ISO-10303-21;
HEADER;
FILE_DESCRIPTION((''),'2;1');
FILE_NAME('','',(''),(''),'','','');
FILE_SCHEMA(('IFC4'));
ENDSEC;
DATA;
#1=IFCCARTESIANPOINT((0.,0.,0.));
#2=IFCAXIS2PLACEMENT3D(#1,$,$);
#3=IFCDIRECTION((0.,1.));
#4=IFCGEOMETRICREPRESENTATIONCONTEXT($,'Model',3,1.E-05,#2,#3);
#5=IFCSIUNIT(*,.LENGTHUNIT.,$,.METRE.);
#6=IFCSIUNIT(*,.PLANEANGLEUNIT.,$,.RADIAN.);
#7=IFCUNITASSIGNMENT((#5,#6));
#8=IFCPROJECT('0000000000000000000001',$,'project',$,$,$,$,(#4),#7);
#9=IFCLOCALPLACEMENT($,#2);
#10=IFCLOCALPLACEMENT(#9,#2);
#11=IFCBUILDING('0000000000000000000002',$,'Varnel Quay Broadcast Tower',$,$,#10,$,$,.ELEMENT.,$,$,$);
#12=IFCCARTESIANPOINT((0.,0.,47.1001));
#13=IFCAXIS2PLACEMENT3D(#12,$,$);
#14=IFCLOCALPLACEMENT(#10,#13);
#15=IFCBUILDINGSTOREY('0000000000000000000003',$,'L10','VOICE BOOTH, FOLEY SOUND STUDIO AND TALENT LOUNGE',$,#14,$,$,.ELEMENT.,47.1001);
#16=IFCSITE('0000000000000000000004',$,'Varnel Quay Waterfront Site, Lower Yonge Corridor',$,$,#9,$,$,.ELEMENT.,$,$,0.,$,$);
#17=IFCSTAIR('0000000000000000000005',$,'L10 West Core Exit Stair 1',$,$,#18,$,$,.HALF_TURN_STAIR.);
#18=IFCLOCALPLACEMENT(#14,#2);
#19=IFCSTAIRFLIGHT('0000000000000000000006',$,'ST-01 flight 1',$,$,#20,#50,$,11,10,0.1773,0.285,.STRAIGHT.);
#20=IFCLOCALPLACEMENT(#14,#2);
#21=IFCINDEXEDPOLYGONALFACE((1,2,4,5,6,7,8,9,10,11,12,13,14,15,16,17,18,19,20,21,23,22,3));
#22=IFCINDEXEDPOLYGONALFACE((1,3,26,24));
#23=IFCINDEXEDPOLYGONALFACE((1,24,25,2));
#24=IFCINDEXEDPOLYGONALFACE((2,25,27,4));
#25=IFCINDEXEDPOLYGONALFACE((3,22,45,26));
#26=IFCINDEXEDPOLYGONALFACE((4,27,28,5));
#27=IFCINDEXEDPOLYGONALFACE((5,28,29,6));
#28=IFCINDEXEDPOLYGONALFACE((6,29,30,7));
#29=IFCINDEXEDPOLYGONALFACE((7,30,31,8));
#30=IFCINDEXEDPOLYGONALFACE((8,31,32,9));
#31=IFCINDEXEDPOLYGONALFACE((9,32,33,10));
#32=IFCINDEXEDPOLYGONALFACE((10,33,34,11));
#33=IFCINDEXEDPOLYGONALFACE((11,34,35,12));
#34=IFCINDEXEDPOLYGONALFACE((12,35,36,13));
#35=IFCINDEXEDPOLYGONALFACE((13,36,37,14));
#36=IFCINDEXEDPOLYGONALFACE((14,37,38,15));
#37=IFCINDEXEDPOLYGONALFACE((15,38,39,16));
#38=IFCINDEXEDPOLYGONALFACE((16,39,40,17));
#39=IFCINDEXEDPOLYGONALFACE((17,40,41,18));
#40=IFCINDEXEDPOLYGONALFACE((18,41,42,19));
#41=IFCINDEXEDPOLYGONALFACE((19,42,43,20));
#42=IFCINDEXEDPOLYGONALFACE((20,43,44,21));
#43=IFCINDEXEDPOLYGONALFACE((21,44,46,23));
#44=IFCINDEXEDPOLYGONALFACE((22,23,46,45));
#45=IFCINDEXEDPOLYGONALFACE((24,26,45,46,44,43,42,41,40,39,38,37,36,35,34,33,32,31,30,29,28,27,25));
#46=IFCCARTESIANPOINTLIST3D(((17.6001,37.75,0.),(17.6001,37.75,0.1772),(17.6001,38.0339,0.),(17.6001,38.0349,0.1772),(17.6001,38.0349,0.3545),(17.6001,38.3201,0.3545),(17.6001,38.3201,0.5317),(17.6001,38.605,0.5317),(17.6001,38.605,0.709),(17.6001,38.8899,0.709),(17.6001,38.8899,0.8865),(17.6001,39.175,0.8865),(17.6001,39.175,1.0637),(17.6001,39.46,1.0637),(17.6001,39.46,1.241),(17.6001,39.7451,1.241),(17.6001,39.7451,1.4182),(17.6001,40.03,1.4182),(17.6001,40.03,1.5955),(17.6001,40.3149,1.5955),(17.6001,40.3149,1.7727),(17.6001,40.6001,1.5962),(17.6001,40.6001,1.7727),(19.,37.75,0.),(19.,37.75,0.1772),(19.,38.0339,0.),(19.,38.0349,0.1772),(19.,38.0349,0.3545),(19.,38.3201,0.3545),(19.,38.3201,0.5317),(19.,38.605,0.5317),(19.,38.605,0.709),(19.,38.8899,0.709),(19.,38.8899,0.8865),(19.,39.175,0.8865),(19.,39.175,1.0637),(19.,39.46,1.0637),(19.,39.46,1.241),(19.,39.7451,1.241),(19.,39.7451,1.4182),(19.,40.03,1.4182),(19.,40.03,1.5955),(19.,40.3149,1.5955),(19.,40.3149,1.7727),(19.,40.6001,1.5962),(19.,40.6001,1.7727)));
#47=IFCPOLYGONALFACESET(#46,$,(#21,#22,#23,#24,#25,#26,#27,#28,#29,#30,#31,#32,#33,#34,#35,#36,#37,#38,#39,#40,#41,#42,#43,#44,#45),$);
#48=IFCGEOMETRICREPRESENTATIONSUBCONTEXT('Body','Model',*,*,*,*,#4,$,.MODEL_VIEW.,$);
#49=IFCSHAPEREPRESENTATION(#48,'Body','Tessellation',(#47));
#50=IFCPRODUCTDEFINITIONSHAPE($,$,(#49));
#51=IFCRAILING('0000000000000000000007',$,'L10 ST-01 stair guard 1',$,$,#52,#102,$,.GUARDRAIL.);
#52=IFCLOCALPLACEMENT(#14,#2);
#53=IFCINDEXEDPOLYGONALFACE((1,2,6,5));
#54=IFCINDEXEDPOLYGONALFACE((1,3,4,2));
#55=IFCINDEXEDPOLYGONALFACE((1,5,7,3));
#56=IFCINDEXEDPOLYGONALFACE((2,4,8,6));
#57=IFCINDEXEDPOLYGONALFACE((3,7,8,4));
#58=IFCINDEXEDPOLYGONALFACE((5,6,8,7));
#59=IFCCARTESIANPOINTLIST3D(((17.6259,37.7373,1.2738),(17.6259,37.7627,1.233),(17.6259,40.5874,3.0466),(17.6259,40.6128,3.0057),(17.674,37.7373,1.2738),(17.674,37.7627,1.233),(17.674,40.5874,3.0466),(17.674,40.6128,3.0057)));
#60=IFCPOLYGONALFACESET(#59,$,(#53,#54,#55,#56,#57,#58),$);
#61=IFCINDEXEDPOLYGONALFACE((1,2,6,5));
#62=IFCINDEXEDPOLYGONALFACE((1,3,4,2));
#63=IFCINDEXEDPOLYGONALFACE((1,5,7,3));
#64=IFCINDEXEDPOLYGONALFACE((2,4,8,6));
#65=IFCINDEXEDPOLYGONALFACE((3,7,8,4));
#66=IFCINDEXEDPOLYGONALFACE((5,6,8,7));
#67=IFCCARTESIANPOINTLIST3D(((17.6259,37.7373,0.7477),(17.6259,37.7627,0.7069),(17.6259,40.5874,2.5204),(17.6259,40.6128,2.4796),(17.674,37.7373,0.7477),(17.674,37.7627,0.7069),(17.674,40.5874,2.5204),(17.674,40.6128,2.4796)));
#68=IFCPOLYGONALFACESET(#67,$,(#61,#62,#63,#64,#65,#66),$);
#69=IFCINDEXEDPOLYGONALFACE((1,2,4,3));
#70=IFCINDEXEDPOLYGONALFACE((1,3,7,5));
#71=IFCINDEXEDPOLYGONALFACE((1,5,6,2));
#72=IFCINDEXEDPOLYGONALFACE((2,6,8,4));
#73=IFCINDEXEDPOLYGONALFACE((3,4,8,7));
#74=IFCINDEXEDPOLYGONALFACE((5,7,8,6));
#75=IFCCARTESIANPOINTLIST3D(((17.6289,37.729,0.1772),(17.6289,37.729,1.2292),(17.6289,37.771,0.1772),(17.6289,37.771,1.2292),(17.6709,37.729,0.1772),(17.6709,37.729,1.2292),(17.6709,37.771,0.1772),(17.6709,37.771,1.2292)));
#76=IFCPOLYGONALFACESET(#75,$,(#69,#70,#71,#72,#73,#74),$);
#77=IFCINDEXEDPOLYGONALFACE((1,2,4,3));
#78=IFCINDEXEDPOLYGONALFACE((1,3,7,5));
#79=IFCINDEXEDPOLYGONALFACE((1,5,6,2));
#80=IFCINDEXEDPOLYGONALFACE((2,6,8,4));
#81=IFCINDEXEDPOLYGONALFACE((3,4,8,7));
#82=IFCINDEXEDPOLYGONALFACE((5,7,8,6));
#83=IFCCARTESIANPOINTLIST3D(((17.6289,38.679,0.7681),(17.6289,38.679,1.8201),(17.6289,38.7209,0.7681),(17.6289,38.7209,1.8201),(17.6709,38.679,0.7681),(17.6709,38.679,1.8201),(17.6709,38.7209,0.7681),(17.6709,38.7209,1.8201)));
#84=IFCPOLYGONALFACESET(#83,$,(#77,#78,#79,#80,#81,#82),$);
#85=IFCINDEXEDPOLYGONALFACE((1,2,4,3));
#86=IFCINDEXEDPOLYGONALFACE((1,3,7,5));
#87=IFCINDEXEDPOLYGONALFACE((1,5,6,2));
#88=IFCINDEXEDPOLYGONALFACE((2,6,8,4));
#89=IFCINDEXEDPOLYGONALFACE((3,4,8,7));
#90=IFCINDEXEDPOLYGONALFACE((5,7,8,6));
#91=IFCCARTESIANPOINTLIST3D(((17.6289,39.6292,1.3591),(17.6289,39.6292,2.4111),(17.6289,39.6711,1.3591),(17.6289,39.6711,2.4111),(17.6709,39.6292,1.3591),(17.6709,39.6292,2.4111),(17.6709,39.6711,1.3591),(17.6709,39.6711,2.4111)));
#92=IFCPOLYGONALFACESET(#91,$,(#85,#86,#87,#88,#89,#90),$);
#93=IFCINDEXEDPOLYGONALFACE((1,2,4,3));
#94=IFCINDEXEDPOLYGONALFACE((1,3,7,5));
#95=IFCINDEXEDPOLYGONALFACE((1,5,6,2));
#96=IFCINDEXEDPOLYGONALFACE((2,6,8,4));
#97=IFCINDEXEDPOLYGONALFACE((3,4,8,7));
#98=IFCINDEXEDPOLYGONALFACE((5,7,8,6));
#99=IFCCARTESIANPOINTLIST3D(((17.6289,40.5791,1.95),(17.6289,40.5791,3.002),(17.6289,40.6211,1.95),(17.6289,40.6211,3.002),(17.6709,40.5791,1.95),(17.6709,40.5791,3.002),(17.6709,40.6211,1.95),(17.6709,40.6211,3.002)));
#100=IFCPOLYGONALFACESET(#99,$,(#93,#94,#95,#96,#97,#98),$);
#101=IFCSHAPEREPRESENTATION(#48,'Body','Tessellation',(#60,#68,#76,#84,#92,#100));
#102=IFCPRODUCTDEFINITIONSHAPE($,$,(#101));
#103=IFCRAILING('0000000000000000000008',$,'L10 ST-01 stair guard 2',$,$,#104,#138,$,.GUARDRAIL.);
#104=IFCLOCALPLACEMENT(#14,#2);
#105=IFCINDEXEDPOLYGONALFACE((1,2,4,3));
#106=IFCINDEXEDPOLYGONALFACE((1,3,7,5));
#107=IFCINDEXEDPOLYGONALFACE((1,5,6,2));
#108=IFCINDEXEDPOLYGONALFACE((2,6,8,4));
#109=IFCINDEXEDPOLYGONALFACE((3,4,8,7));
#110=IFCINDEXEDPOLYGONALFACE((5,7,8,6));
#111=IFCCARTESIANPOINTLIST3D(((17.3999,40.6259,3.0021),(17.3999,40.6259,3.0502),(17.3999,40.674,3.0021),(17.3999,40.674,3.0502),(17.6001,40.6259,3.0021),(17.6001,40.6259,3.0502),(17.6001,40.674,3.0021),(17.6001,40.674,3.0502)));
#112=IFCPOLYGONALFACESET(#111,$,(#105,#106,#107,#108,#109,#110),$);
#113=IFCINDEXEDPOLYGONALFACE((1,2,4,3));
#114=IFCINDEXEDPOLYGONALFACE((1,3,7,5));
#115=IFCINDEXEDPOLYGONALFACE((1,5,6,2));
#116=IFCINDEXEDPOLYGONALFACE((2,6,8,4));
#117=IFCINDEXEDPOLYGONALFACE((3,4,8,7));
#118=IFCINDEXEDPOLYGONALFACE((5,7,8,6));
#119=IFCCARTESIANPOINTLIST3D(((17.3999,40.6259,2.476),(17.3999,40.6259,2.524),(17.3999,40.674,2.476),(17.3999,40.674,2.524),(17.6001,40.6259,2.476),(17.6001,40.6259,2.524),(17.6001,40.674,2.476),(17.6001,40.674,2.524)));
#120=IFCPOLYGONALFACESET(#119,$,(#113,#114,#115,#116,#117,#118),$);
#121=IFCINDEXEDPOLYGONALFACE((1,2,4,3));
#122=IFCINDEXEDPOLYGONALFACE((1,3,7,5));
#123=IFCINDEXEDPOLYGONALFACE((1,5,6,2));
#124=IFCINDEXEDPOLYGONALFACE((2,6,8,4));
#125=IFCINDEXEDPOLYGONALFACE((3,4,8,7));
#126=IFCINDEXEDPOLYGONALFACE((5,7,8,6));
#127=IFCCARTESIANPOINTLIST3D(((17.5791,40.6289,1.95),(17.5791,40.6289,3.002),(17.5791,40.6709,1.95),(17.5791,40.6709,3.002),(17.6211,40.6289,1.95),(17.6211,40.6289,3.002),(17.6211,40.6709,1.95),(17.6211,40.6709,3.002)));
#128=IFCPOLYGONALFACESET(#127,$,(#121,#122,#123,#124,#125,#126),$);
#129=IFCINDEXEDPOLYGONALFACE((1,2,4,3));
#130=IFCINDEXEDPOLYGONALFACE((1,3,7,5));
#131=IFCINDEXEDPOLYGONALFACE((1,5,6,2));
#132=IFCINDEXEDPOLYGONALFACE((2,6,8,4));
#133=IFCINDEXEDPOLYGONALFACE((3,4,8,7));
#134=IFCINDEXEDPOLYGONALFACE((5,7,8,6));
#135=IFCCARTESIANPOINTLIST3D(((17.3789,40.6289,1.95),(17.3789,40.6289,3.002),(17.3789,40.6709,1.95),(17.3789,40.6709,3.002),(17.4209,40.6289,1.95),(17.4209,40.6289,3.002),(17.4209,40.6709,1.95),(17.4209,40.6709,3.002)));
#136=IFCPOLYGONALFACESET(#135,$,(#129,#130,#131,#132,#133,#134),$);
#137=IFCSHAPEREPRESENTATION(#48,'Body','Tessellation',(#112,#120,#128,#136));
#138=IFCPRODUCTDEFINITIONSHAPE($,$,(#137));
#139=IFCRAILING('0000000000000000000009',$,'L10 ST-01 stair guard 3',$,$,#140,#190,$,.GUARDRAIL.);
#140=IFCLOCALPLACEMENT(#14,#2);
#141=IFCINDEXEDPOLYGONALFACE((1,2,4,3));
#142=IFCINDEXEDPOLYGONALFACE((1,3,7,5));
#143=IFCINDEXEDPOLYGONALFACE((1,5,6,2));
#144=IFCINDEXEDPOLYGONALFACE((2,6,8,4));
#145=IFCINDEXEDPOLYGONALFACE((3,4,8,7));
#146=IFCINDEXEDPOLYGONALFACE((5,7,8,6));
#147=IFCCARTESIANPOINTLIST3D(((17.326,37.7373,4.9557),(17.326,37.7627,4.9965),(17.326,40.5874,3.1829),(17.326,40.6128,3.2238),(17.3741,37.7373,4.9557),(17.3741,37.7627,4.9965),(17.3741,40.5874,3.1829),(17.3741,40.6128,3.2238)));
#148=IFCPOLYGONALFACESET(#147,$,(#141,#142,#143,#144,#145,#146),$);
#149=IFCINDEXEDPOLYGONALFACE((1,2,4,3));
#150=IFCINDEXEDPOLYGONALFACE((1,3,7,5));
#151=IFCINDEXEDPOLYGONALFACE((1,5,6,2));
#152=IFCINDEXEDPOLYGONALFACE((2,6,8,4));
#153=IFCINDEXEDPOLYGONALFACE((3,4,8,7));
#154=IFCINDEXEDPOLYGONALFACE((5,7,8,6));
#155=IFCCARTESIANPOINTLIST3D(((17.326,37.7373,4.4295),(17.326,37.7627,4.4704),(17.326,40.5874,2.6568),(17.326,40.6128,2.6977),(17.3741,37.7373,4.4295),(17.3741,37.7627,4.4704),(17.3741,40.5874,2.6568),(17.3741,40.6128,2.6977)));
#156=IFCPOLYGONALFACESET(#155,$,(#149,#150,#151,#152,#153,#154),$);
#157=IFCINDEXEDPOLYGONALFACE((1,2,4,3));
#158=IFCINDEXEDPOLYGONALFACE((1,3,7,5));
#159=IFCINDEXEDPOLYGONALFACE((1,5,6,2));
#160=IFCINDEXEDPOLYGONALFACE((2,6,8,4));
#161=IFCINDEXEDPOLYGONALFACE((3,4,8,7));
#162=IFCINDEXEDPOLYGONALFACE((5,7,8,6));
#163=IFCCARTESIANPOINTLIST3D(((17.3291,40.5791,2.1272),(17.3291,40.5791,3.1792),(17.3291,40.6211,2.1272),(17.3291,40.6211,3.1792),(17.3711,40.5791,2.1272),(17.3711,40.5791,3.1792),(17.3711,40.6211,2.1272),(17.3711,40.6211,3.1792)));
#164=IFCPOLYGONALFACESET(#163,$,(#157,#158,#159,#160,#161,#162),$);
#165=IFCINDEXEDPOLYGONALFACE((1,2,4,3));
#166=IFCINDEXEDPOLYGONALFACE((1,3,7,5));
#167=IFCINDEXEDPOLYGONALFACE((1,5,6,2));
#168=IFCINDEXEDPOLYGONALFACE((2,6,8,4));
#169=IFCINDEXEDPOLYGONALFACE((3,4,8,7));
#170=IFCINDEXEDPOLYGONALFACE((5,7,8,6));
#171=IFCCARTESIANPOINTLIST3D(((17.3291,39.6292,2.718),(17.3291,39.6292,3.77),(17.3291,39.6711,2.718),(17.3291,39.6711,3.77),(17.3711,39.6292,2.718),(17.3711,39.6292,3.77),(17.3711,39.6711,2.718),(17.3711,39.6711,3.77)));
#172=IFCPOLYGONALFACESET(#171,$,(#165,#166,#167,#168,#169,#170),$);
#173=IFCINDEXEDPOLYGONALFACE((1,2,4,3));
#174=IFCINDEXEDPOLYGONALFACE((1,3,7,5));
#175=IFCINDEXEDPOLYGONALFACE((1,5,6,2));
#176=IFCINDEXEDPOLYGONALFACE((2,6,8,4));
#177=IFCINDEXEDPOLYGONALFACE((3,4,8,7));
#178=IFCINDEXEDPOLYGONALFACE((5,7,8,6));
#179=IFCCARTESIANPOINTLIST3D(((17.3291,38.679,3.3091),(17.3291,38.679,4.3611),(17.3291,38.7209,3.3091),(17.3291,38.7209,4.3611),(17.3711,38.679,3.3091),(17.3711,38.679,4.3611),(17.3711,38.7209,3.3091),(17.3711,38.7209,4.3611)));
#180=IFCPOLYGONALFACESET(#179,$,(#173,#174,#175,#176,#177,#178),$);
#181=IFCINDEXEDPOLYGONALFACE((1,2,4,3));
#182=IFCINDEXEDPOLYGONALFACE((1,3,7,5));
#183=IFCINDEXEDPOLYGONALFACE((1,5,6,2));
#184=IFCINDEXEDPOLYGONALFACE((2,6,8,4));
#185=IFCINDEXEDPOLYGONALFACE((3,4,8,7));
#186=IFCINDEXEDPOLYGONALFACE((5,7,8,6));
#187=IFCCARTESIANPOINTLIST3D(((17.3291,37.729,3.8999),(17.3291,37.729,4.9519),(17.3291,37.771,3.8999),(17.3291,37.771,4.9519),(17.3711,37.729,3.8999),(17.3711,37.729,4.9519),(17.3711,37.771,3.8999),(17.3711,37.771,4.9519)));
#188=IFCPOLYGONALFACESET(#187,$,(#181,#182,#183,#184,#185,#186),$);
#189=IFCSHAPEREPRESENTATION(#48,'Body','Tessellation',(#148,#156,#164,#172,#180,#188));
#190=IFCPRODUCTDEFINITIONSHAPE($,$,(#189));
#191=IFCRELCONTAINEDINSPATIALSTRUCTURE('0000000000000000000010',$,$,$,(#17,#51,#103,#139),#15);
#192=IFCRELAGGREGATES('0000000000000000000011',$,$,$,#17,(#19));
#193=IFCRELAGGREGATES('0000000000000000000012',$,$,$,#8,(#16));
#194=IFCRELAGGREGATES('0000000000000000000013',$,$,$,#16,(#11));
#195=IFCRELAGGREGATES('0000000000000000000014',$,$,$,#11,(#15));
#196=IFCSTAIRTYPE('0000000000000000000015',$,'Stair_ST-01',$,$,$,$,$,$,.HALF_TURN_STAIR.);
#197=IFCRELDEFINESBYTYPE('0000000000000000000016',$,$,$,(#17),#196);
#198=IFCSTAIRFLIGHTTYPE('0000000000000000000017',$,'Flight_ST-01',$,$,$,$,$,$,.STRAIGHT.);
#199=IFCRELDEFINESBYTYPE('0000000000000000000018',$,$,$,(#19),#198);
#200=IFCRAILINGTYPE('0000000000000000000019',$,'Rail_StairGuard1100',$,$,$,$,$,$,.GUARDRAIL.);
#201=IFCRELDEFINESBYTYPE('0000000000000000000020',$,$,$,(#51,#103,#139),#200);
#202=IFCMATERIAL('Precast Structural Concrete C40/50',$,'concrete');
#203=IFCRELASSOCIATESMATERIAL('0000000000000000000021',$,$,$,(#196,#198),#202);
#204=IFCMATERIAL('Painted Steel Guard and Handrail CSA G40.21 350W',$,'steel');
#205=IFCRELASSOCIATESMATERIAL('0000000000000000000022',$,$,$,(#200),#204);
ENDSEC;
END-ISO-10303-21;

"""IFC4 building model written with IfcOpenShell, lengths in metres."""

from ifc_helpers import new_model, si_unit, direction, frame, origin, origin_2d, place, context, subcontext, project, spatial, polyline, rectangle, outline, extrude, material, type_object, element, aggregate, save


model = new_model("IFC4")

# Units and contexts
model_context = context("Model", 3, precision=1e-05, world=origin(), true_north=direction((0.0, 1.0)))
body_context = subcontext(model_context, "Body", "Model", "MODEL_VIEW")
ifc_project = project(units=[si_unit("LENGTHUNIT", "METRE"), si_unit("PLANEANGLEUNIT", "RADIAN")], contexts=[model_context])

# Site, building, storey
site_placement = place(None, origin())
site = spatial("IfcSite", under=ifc_project, at=site_placement, Name="Varnel Quay Waterfront Site, Lower Yonge Corridor", CompositionType="ELEMENT", RefElevation=0.0)
building_placement = place(site_placement, origin())
building = spatial("IfcBuilding", under=site, at=building_placement, Name="Varnel Quay Broadcast Tower", CompositionType="ELEMENT")
storey_placement = place(building_placement, frame((0.0, 0.0, 47.1001)))
storey = spatial("IfcBuildingStorey", under=building, at=storey_placement, Name="L10", Description="VOICE BOOTH, FOLEY SOUND STUDIO AND TALENT LOUNGE", CompositionType="ELEMENT", Elevation=47.1001)

# Stair, stair flight
ifc_material_1 = material(Name="Precast Structural Concrete C40/50", Category="concrete")
stair_type = type_object("IfcStairType", Name="Stair_ST-01", PredefinedType="HALF_TURN_STAIR", material=ifc_material_1)
stair_placement = place(storey_placement, origin())
stair = element("IfcStair", 1, at=stair_placement, inside=storey, type_object=stair_type, Name="L10 West Core Exit Stair 1", PredefinedType="HALF_TURN_STAIR")
stair_flight_type = type_object("IfcStairFlightType", Name="Flight_ST-01", PredefinedType="STRAIGHT", material=ifc_material_1)
stair_flight_placement = place(storey_placement, frame((18.3, 37.75, 0.0), z_axis=(0.0, 0.0, 1.0), x_axis=(0.0, 1.0, 0.0)))
stair_flight = element("IfcStairFlight", 2, at=stair_flight_placement, type_object=stair_flight_type, Name="ST-01 flight 1", NumberOfRisers=11, NumberOfTreads=10, PredefinedType="STRAIGHT", RiserHeight=0.1773, TreadLength=0.285, context=body_context, shape_type="SweptSolid", body=[
    extrude(outline(polyline([(0.0, 0.0), (0.0, 0.1772), (0.2849, 0.1772), (0.2849, 0.3545), (0.5701, 0.3545), (0.5701, 0.5317), (0.855, 0.5317), (0.855, 0.709), (1.1399, 0.709), (1.1399, 0.8865), (1.425, 0.8865), (1.425, 1.0637), (1.71, 1.0637), (1.71, 1.241), (1.9951, 1.241), (1.9951, 1.4182), (2.28, 1.4182), (2.28, 1.5955), (2.5649, 1.5955), (2.5649, 1.7727), (2.8501, 1.7727), (2.8501, 1.95), (2.8501, 1.5962), (0.2839, 0.0), (0.0, 0.0)])), frame((0.0, 0.7, 0.0), z_axis=(0.0, -1.0, 0.0), x_axis=(1.0, 0.0, 0.0)), (0.0, 0.0, 1.0), 1.3999),
])
aggregate(stair, [stair_flight])

# Railings
ifc_material_2 = material(Name="Painted Steel Guard and Handrail CSA G40.21 350W", Category="steel")
railing_type_1 = type_object("IfcRailingType", Name="Rail_StairGuard1100", PredefinedType="GUARDRAIL", material=ifc_material_2)
railing_1_placement = place(storey_placement, frame((17.6499, 37.75, 0.1772)))
element("IfcRailing", 3, at=railing_1_placement, inside=storey, type_object=railing_type_1, Name="L10 ST-01 stair guard 1", PredefinedType="GUARDRAIL", context=body_context, shape_type="SweptSolid", body=[
    extrude(rectangle(XDim=0.0481, YDim=0.0481, at=origin_2d()), frame((0.0, 0.0, 1.0762), z_axis=(0.0, 0.849149, 0.528154), x_axis=(-1.0, 0.0, 0.0)), (0.0, 0.0, 1.0), 3.3564),
    extrude(rectangle(XDim=0.0481, YDim=0.0481, at=origin_2d()), frame((0.0, 0.0, 0.55), z_axis=(0.0, 0.849149, 0.528154), x_axis=(-1.0, 0.0, 0.0)), (0.0, 0.0, 1.0), 3.3564),
    extrude(rectangle(XDim=0.042, YDim=0.042, at=origin_2d()), origin(), (0.0, 0.0, 1.0), 1.052),
    extrude(rectangle(XDim=0.042, YDim=0.042, at=origin_2d()), frame((0.0, 0.95, 0.5908)), (0.0, 0.0, 1.0), 1.052),
    extrude(rectangle(XDim=0.042, YDim=0.042, at=origin_2d()), frame((0.0, 1.9001, 1.1819)), (0.0, 0.0, 1.0), 1.052),
    extrude(rectangle(XDim=0.042, YDim=0.042, at=origin_2d()), frame((0.0, 2.8501, 1.7727)), (0.0, 0.0, 1.0), 1.052),
])
railing_2_placement = place(storey_placement, frame((17.6001, 40.6499, 1.95)))
element("IfcRailing", 4, at=railing_2_placement, inside=storey, type_object=railing_type_1, Name="L10 ST-01 stair guard 2", PredefinedType="GUARDRAIL", context=body_context, shape_type="SweptSolid", body=[
    extrude(rectangle(XDim=0.0481, YDim=0.0481, at=origin_2d()), frame((0.0, 0.0, 1.0762), z_axis=(-1.0, 0.0, 0.0), x_axis=(0.0, -1.0, 0.0)), (0.0, 0.0, 1.0), 0.2002),
    extrude(rectangle(XDim=0.0481, YDim=0.0481, at=origin_2d()), frame((0.0, 0.0, 0.55), z_axis=(-1.0, 0.0, 0.0), x_axis=(0.0, -1.0, 0.0)), (0.0, 0.0, 1.0), 0.2002),
    extrude(rectangle(XDim=0.042, YDim=0.042, at=origin_2d()), origin(), (0.0, 0.0, 1.0), 1.052),
    extrude(rectangle(XDim=0.042, YDim=0.042, at=origin_2d()), frame((-0.2002, 0.0, 0.0)), (0.0, 0.0, 1.0), 1.052),
])
railing_3_placement = place(storey_placement, frame((17.3501, 40.6001, 2.1272)))
element("IfcRailing", 5, at=railing_3_placement, inside=storey, type_object=railing_type_1, Name="L10 ST-01 stair guard 3", PredefinedType="GUARDRAIL", context=body_context, shape_type="SweptSolid", body=[
    extrude(rectangle(XDim=0.0481, YDim=0.0481, at=origin_2d()), frame((0.0, 0.0, 1.0762), z_axis=(0.0, -0.849149, 0.528154), x_axis=(1.0, 0.0, 0.0)), (0.0, 0.0, 1.0), 3.3564),
    extrude(rectangle(XDim=0.0481, YDim=0.0481, at=origin_2d()), frame((0.0, 0.0, 0.55), z_axis=(0.0, -0.849149, 0.528154), x_axis=(1.0, 0.0, 0.0)), (0.0, 0.0, 1.0), 3.3564),
    extrude(rectangle(XDim=0.042, YDim=0.042, at=origin_2d()), origin(), (0.0, 0.0, 1.0), 1.052),
    extrude(rectangle(XDim=0.042, YDim=0.042, at=origin_2d()), frame((0.0, -0.95, 0.5908)), (0.0, 0.0, 1.0), 1.052),
    extrude(rectangle(XDim=0.042, YDim=0.042, at=origin_2d()), frame((0.0, -1.9001, 1.1819)), (0.0, 0.0, 1.0), 1.052),
    extrude(rectangle(XDim=0.042, YDim=0.042, at=origin_2d()), frame((0.0, -2.8501, 1.7727)), (0.0, 0.0, 1.0), 1.052),
])

save(model, "model.ifc")
